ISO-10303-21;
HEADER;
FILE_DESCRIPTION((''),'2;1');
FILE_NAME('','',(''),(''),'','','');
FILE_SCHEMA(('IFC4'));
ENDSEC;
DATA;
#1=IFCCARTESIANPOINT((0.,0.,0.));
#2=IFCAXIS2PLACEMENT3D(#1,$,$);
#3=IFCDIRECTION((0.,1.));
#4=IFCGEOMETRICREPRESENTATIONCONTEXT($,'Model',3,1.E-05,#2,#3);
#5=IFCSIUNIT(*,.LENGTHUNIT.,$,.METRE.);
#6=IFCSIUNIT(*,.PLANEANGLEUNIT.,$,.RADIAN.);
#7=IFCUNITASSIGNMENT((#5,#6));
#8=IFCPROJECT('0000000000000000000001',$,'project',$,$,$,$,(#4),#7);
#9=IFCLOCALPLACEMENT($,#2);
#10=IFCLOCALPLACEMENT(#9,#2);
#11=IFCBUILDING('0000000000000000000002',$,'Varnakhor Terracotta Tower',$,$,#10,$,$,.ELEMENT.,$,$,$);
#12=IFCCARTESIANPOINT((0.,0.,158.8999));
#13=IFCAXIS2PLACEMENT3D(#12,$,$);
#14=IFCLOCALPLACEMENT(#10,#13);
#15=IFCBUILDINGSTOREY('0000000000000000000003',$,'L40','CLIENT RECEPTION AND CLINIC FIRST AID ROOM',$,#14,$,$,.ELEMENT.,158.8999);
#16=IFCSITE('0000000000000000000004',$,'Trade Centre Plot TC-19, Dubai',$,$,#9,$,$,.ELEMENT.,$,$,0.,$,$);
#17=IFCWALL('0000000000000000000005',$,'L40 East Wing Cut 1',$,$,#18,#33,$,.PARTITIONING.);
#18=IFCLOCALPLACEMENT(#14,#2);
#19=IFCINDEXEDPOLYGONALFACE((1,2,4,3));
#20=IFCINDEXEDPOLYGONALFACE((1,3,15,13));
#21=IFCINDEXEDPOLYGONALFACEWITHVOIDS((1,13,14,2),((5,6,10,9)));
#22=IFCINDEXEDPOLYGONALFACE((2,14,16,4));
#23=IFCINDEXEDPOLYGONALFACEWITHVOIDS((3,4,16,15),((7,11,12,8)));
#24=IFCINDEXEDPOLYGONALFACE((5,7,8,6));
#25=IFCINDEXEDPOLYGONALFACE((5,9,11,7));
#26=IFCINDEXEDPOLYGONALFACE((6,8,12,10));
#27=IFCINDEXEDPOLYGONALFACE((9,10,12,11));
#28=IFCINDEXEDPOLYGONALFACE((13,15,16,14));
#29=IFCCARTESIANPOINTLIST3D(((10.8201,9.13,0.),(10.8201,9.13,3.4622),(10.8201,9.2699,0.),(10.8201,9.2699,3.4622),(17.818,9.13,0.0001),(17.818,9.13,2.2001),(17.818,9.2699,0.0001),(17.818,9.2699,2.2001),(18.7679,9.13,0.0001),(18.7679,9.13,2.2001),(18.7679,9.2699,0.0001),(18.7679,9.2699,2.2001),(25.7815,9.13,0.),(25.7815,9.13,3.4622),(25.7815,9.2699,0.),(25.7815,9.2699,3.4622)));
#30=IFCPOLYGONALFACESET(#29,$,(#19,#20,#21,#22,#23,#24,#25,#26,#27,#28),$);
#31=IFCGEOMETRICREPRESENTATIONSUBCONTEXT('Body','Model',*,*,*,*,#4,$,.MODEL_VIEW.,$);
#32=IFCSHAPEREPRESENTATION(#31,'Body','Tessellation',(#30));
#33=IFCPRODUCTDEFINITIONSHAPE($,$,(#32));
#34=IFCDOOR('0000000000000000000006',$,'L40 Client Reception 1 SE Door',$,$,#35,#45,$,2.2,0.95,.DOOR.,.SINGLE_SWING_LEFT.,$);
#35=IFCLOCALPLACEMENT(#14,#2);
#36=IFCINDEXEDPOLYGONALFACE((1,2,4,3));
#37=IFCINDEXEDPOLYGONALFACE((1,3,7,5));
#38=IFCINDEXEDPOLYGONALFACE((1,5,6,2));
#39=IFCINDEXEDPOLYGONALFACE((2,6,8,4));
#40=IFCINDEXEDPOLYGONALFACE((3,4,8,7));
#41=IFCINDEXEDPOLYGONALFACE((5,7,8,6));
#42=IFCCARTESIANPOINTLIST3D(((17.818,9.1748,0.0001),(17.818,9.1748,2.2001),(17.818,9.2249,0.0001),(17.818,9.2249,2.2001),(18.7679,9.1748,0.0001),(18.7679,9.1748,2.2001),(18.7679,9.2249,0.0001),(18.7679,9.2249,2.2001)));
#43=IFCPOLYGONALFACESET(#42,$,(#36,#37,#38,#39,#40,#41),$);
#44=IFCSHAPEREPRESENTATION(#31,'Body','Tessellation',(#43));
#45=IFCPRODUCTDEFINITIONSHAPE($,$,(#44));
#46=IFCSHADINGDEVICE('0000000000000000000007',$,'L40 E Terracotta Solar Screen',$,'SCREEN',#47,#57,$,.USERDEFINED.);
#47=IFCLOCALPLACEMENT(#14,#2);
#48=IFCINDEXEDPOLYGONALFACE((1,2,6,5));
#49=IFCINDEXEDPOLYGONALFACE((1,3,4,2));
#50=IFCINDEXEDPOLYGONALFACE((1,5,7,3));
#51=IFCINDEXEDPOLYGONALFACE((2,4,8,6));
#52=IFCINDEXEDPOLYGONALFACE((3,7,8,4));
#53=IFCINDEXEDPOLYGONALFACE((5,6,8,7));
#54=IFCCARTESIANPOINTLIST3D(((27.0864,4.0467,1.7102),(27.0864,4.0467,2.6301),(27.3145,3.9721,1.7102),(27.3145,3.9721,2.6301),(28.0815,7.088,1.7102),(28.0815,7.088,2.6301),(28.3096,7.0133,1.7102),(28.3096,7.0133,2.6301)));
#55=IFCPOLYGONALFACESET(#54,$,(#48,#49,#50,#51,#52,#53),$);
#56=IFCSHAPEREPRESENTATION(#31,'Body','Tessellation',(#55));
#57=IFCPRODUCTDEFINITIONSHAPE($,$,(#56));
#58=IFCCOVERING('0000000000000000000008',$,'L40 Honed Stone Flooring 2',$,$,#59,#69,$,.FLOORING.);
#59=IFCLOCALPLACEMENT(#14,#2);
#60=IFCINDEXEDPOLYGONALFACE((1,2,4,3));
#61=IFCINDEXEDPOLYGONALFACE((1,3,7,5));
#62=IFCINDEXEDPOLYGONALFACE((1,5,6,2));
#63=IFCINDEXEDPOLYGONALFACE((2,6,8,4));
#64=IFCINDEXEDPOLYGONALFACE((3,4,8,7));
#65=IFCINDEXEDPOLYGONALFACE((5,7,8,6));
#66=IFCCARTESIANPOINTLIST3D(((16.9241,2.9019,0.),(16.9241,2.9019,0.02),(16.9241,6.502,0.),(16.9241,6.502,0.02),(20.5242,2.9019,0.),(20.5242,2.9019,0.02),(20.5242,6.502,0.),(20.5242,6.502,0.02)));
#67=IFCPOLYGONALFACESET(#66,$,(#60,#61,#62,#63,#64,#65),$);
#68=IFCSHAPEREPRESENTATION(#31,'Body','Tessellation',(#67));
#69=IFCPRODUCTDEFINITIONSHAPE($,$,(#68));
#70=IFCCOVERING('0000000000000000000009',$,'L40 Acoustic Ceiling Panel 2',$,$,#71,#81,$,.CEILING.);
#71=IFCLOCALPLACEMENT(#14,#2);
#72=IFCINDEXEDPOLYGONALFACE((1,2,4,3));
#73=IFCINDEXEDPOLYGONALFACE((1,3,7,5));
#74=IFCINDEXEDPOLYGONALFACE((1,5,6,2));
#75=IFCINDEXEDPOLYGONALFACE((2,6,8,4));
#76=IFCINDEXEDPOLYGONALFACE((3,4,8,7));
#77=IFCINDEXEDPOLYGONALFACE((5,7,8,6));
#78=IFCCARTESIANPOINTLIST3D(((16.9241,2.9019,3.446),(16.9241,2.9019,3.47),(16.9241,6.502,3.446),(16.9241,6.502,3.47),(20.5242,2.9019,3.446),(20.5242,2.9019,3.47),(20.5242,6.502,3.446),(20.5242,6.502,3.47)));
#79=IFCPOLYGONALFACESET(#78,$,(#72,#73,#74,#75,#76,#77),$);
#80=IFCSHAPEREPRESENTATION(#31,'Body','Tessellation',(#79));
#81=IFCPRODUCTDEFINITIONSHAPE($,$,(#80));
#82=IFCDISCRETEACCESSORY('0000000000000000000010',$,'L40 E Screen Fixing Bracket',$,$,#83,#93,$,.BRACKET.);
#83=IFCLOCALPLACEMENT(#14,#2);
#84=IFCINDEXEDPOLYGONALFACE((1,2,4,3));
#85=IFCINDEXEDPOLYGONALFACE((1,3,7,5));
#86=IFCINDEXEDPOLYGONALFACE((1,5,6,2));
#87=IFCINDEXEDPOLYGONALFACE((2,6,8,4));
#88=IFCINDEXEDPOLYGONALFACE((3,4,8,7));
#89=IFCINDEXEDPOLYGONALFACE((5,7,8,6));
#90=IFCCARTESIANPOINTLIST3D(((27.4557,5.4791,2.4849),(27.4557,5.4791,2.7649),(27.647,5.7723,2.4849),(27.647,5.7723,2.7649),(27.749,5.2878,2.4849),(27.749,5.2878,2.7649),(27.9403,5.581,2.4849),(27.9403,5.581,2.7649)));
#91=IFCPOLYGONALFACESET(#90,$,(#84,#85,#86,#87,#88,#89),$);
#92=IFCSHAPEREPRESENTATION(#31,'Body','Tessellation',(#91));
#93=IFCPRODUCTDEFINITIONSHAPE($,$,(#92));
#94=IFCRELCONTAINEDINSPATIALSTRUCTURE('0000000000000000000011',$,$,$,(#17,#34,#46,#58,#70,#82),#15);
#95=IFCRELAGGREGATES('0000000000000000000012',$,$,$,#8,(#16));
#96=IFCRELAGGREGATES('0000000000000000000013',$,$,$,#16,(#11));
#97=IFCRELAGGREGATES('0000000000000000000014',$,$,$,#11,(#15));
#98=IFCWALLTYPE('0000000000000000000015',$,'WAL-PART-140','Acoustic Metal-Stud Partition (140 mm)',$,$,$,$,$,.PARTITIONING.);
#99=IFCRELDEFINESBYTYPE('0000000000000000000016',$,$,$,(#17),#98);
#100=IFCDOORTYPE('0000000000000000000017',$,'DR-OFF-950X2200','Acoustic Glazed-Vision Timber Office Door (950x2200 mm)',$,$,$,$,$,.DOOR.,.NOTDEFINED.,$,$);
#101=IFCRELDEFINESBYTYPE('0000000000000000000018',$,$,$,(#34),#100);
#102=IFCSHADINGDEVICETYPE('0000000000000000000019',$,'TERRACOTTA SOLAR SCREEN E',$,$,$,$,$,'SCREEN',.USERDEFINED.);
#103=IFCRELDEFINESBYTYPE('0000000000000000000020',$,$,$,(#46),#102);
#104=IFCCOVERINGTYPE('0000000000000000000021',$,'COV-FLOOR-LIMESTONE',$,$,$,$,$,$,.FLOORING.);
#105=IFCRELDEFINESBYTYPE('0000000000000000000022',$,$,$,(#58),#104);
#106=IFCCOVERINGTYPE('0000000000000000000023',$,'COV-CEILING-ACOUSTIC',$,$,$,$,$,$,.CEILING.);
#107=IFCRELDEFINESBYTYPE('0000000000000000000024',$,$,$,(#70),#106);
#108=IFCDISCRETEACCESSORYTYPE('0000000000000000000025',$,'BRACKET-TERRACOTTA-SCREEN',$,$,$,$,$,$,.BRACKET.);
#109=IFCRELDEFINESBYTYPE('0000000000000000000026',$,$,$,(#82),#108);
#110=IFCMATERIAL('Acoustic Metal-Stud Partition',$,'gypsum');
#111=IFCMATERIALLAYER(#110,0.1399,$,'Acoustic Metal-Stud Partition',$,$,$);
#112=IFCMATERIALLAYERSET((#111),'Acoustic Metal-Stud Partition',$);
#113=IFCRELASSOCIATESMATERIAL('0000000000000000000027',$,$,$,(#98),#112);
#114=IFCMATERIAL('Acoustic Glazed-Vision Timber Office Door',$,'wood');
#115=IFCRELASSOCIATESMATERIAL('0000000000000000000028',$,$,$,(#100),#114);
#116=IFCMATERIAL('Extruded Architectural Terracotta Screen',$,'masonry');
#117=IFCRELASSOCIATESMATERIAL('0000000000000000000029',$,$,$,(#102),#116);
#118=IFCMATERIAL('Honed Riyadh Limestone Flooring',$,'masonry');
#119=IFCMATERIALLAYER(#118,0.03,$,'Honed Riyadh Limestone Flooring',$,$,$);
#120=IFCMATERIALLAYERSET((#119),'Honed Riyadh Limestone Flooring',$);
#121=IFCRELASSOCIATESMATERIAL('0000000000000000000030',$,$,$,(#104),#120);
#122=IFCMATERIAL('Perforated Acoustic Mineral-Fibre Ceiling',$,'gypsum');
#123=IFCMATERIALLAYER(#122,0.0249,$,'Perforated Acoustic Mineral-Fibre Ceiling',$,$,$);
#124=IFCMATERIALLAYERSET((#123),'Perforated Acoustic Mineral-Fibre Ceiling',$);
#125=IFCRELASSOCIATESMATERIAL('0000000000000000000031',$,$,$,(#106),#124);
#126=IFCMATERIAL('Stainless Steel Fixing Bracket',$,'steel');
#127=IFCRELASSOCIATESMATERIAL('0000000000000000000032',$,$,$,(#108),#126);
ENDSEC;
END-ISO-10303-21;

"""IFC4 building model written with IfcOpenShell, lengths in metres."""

from ifc_helpers import new_model, si_unit, direction, frame, frame_2d, origin, origin_2d, place, context, subcontext, project, spatial, rectangle, extrude, source, transform, mapped, material, layer, layer_set, type_object, type_shapes, element, fill, save


model = new_model("IFC4")

# Units and contexts
model_context = context("Model", 3, precision=1e-05, world=origin(), true_north=direction((0.0, 1.0)))
body_context = subcontext(model_context, "Body", "Model", "MODEL_VIEW")
ifc_project = project(units=[si_unit("LENGTHUNIT", "METRE"), si_unit("PLANEANGLEUNIT", "RADIAN")], contexts=[model_context])

# Site, building, storey
site_placement = place(None, origin())
site = spatial("IfcSite", under=ifc_project, at=site_placement, Name="Trade Centre Plot TC-19, Dubai", CompositionType="ELEMENT", RefElevation=0.0)
building_placement = place(site_placement, origin())
building = spatial("IfcBuilding", under=site, at=building_placement, Name="Varnakhor Terracotta Tower", CompositionType="ELEMENT")
storey_placement = place(building_placement, frame((0.0, 0.0, 158.8999)))
storey = spatial("IfcBuildingStorey", under=building, at=storey_placement, Name="L40", Description="CLIENT RECEPTION AND CLINIC FIRST AID ROOM", CompositionType="ELEMENT", Elevation=158.8999)

# Wall, opening, door
ifc_material_1 = material(Name="Acoustic Metal-Stud Partition", Category="gypsum")
ifc_layer_1 = layer(ifc_material_1, 0.1399, Name="Acoustic Metal-Stud Partition")
ifc_layer_set_1 = layer_set([ifc_layer_1], Name="Acoustic Metal-Stud Partition")
wall_type_1 = type_object("IfcWallType", Name="WAL-PART-140", Description="Acoustic Metal-Stud Partition (140 mm)", PredefinedType="PARTITIONING", material=ifc_layer_set_1)
wall_1_placement = place(storey_placement, frame((10.8201, 9.2, 0.0), z_axis=(0.0, 0.0, 1.0), x_axis=(1.0, 0.0, 0.0)))
wall_1 = element("IfcWall", 1, at=wall_1_placement, inside=storey, type_object=wall_type_1, Name="L40 East Wing Cut 1", PredefinedType="PARTITIONING", context=body_context, shape_type="SweptSolid", body=[
    extrude(rectangle(XDim=14.9614, YDim=0.1399, at=frame_2d((7.4807, 0.0))), origin(), (0.0, 0.0, 1.0), 3.4622),
])
opening_placement = place(wall_1_placement, frame((6.9978, 0.0, 0.0)))
opening = element("IfcOpeningElement", 2, at=opening_placement, cuts=wall_1, PredefinedType="OPENING", context=body_context, shape_type="SweptSolid", body=[
    extrude(rectangle(XDim=0.95, YDim=2.2, at=frame_2d((0.4751, 1.1001))), frame((0.0, 0.0801, 0.0), z_axis=(0.0, -1.0, 0.0), x_axis=(1.0, 0.0, 0.0)), (0.0, 0.0, 1.0), 0.1599),
])
ifc_material_2 = material(Name="Acoustic Glazed-Vision Timber Office Door", Category="wood")
door_type = type_object("IfcDoorType", Name="DR-OFF-950X2200", Description="Acoustic Glazed-Vision Timber Office Door (950x2200 mm)", OperationType="NOTDEFINED", PredefinedType="DOOR", material=ifc_material_2)
shared_shape_1 = source(origin(), body_context, "Body", "SweptSolid", [
    extrude(rectangle(XDim=0.95, YDim=2.2, at=frame_2d((0.4751, 1.1001))), frame((0.0, 0.0249, 0.0), z_axis=(0.0, -1.0, 0.0), x_axis=(1.0, 0.0, 0.0)), (0.0, 0.0, 1.0), 0.05),
])
type_shapes(door_type, [shared_shape_1])
door_placement = place(opening_placement, origin())
door = element("IfcDoor", 3, at=door_placement, inside=storey, type_object=door_type, Name="L40 Client Reception 1 SE Door", OperationType="SINGLE_SWING_LEFT", OverallHeight=2.2, OverallWidth=0.95, PredefinedType="DOOR", context=body_context, shape_type="MappedRepresentation", body=[
    mapped(shared_shape_1, transform((0.0, 0.0, 0.0), scale=1.0)),
])
fill(opening, door)

# Shading device
ifc_material_3 = material(Name="Extruded Architectural Terracotta Screen", Category="masonry")
shading_device_type = type_object("IfcShadingDeviceType", Name="TERRACOTTA SOLAR SCREEN E", ElementType="SCREEN", PredefinedType="USERDEFINED", material=ifc_material_3)
shared_shape_2 = source(origin(), body_context, "Body", "SweptSolid", [
    extrude(rectangle(XDim=3.2, YDim=0.24, at=origin_2d()), origin(), (0.0, 0.0, 1.0), 0.9199),
])
type_shapes(shading_device_type, [shared_shape_2])
shading_device_placement = place(storey_placement, frame((27.698, 5.53, 1.7102), z_axis=(0.0, 0.0, 1.0), x_axis=(0.310992, 0.950413, 0.0)))
element("IfcShadingDevice", 4, at=shading_device_placement, inside=storey, type_object=shading_device_type, Name="L40 E Terracotta Solar Screen", ObjectType="SCREEN", PredefinedType="USERDEFINED", context=body_context, shape_type="MappedRepresentation", body=[
    mapped(shared_shape_2, transform((0.0, 0.0, 0.0), scale=1.0)),
])

# Coverings
ifc_material_4 = material(Name="Honed Riyadh Limestone Flooring", Category="masonry")
ifc_layer_2 = layer(ifc_material_4, 0.03, Name="Honed Riyadh Limestone Flooring")
ifc_layer_set_2 = layer_set([ifc_layer_2], Name="Honed Riyadh Limestone Flooring")
covering_type_1 = type_object("IfcCoveringType", Name="COV-FLOOR-LIMESTONE", PredefinedType="FLOORING", material=ifc_layer_set_2)
shared_shape_3 = source(origin(), body_context, "Body", "SweptSolid", [
    extrude(rectangle(XDim=3.6001, YDim=3.6001, at=origin_2d()), origin(), (0.0, 0.0, 1.0), 0.02),
])
covering_1_placement = place(storey_placement, frame((18.7241, 4.7019, 0.0), z_axis=(0.0, 0.0, 1.0), x_axis=(1.0, 0.0, 0.0)))
element("IfcCovering", 5, at=covering_1_placement, inside=storey, type_object=covering_type_1, Name="L40 Honed Stone Flooring 2", PredefinedType="FLOORING", context=body_context, shape_type="MappedRepresentation", body=[
    mapped(shared_shape_3, transform((0.0, 0.0, 0.0), scale=1.0)),
])
ifc_material_5 = material(Name="Perforated Acoustic Mineral-Fibre Ceiling", Category="gypsum")
ifc_layer_3 = layer(ifc_material_5, 0.0249, Name="Perforated Acoustic Mineral-Fibre Ceiling")
ifc_layer_set_3 = layer_set([ifc_layer_3], Name="Perforated Acoustic Mineral-Fibre Ceiling")
covering_type_2 = type_object("IfcCoveringType", Name="COV-CEILING-ACOUSTIC", PredefinedType="CEILING", material=ifc_layer_set_3)
shared_shape_4 = source(origin(), body_context, "Body", "SweptSolid", [
    extrude(rectangle(XDim=3.6001, YDim=3.6001, at=origin_2d()), origin(), (0.0, 0.0, 1.0), 0.0239),
])
covering_2_placement = place(storey_placement, frame((18.7241, 4.7019, 3.446), z_axis=(0.0, 0.0, 1.0), x_axis=(1.0, 0.0, 0.0)))
element("IfcCovering", 6, at=covering_2_placement, inside=storey, type_object=covering_type_2, Name="L40 Acoustic Ceiling Panel 2", PredefinedType="CEILING", context=body_context, shape_type="MappedRepresentation", body=[
    mapped(shared_shape_4, transform((0.0, 0.0, 0.0), scale=1.0)),
])

# Discrete accessory
ifc_material_6 = material(Name="Stainless Steel Fixing Bracket", Category="steel")
discrete_accessory_type = type_object("IfcDiscreteAccessoryType", Name="BRACKET-TERRACOTTA-SCREEN", PredefinedType="BRACKET", material=ifc_material_6)
shared_shape_5 = source(origin(), body_context, "Body", "SweptSolid", [
    extrude(rectangle(XDim=0.3501, YDim=0.3501, at=origin_2d()), origin(), (0.0, 0.0, 1.0), 0.28),
])
type_shapes(discrete_accessory_type, [shared_shape_5])
discrete_accessory_placement = place(storey_placement, frame((27.698, 5.53, 2.4849), z_axis=(0.0, 0.0, 1.0), x_axis=(0.54638, 0.837538, 0.0)))
element("IfcDiscreteAccessory", 7, at=discrete_accessory_placement, inside=storey, type_object=discrete_accessory_type, Name="L40 E Screen Fixing Bracket", PredefinedType="BRACKET", context=body_context, shape_type="MappedRepresentation", body=[
    mapped(shared_shape_5, transform((0.0, 0.0, 0.0), scale=1.0)),
])

save(model, "model.ifc")
